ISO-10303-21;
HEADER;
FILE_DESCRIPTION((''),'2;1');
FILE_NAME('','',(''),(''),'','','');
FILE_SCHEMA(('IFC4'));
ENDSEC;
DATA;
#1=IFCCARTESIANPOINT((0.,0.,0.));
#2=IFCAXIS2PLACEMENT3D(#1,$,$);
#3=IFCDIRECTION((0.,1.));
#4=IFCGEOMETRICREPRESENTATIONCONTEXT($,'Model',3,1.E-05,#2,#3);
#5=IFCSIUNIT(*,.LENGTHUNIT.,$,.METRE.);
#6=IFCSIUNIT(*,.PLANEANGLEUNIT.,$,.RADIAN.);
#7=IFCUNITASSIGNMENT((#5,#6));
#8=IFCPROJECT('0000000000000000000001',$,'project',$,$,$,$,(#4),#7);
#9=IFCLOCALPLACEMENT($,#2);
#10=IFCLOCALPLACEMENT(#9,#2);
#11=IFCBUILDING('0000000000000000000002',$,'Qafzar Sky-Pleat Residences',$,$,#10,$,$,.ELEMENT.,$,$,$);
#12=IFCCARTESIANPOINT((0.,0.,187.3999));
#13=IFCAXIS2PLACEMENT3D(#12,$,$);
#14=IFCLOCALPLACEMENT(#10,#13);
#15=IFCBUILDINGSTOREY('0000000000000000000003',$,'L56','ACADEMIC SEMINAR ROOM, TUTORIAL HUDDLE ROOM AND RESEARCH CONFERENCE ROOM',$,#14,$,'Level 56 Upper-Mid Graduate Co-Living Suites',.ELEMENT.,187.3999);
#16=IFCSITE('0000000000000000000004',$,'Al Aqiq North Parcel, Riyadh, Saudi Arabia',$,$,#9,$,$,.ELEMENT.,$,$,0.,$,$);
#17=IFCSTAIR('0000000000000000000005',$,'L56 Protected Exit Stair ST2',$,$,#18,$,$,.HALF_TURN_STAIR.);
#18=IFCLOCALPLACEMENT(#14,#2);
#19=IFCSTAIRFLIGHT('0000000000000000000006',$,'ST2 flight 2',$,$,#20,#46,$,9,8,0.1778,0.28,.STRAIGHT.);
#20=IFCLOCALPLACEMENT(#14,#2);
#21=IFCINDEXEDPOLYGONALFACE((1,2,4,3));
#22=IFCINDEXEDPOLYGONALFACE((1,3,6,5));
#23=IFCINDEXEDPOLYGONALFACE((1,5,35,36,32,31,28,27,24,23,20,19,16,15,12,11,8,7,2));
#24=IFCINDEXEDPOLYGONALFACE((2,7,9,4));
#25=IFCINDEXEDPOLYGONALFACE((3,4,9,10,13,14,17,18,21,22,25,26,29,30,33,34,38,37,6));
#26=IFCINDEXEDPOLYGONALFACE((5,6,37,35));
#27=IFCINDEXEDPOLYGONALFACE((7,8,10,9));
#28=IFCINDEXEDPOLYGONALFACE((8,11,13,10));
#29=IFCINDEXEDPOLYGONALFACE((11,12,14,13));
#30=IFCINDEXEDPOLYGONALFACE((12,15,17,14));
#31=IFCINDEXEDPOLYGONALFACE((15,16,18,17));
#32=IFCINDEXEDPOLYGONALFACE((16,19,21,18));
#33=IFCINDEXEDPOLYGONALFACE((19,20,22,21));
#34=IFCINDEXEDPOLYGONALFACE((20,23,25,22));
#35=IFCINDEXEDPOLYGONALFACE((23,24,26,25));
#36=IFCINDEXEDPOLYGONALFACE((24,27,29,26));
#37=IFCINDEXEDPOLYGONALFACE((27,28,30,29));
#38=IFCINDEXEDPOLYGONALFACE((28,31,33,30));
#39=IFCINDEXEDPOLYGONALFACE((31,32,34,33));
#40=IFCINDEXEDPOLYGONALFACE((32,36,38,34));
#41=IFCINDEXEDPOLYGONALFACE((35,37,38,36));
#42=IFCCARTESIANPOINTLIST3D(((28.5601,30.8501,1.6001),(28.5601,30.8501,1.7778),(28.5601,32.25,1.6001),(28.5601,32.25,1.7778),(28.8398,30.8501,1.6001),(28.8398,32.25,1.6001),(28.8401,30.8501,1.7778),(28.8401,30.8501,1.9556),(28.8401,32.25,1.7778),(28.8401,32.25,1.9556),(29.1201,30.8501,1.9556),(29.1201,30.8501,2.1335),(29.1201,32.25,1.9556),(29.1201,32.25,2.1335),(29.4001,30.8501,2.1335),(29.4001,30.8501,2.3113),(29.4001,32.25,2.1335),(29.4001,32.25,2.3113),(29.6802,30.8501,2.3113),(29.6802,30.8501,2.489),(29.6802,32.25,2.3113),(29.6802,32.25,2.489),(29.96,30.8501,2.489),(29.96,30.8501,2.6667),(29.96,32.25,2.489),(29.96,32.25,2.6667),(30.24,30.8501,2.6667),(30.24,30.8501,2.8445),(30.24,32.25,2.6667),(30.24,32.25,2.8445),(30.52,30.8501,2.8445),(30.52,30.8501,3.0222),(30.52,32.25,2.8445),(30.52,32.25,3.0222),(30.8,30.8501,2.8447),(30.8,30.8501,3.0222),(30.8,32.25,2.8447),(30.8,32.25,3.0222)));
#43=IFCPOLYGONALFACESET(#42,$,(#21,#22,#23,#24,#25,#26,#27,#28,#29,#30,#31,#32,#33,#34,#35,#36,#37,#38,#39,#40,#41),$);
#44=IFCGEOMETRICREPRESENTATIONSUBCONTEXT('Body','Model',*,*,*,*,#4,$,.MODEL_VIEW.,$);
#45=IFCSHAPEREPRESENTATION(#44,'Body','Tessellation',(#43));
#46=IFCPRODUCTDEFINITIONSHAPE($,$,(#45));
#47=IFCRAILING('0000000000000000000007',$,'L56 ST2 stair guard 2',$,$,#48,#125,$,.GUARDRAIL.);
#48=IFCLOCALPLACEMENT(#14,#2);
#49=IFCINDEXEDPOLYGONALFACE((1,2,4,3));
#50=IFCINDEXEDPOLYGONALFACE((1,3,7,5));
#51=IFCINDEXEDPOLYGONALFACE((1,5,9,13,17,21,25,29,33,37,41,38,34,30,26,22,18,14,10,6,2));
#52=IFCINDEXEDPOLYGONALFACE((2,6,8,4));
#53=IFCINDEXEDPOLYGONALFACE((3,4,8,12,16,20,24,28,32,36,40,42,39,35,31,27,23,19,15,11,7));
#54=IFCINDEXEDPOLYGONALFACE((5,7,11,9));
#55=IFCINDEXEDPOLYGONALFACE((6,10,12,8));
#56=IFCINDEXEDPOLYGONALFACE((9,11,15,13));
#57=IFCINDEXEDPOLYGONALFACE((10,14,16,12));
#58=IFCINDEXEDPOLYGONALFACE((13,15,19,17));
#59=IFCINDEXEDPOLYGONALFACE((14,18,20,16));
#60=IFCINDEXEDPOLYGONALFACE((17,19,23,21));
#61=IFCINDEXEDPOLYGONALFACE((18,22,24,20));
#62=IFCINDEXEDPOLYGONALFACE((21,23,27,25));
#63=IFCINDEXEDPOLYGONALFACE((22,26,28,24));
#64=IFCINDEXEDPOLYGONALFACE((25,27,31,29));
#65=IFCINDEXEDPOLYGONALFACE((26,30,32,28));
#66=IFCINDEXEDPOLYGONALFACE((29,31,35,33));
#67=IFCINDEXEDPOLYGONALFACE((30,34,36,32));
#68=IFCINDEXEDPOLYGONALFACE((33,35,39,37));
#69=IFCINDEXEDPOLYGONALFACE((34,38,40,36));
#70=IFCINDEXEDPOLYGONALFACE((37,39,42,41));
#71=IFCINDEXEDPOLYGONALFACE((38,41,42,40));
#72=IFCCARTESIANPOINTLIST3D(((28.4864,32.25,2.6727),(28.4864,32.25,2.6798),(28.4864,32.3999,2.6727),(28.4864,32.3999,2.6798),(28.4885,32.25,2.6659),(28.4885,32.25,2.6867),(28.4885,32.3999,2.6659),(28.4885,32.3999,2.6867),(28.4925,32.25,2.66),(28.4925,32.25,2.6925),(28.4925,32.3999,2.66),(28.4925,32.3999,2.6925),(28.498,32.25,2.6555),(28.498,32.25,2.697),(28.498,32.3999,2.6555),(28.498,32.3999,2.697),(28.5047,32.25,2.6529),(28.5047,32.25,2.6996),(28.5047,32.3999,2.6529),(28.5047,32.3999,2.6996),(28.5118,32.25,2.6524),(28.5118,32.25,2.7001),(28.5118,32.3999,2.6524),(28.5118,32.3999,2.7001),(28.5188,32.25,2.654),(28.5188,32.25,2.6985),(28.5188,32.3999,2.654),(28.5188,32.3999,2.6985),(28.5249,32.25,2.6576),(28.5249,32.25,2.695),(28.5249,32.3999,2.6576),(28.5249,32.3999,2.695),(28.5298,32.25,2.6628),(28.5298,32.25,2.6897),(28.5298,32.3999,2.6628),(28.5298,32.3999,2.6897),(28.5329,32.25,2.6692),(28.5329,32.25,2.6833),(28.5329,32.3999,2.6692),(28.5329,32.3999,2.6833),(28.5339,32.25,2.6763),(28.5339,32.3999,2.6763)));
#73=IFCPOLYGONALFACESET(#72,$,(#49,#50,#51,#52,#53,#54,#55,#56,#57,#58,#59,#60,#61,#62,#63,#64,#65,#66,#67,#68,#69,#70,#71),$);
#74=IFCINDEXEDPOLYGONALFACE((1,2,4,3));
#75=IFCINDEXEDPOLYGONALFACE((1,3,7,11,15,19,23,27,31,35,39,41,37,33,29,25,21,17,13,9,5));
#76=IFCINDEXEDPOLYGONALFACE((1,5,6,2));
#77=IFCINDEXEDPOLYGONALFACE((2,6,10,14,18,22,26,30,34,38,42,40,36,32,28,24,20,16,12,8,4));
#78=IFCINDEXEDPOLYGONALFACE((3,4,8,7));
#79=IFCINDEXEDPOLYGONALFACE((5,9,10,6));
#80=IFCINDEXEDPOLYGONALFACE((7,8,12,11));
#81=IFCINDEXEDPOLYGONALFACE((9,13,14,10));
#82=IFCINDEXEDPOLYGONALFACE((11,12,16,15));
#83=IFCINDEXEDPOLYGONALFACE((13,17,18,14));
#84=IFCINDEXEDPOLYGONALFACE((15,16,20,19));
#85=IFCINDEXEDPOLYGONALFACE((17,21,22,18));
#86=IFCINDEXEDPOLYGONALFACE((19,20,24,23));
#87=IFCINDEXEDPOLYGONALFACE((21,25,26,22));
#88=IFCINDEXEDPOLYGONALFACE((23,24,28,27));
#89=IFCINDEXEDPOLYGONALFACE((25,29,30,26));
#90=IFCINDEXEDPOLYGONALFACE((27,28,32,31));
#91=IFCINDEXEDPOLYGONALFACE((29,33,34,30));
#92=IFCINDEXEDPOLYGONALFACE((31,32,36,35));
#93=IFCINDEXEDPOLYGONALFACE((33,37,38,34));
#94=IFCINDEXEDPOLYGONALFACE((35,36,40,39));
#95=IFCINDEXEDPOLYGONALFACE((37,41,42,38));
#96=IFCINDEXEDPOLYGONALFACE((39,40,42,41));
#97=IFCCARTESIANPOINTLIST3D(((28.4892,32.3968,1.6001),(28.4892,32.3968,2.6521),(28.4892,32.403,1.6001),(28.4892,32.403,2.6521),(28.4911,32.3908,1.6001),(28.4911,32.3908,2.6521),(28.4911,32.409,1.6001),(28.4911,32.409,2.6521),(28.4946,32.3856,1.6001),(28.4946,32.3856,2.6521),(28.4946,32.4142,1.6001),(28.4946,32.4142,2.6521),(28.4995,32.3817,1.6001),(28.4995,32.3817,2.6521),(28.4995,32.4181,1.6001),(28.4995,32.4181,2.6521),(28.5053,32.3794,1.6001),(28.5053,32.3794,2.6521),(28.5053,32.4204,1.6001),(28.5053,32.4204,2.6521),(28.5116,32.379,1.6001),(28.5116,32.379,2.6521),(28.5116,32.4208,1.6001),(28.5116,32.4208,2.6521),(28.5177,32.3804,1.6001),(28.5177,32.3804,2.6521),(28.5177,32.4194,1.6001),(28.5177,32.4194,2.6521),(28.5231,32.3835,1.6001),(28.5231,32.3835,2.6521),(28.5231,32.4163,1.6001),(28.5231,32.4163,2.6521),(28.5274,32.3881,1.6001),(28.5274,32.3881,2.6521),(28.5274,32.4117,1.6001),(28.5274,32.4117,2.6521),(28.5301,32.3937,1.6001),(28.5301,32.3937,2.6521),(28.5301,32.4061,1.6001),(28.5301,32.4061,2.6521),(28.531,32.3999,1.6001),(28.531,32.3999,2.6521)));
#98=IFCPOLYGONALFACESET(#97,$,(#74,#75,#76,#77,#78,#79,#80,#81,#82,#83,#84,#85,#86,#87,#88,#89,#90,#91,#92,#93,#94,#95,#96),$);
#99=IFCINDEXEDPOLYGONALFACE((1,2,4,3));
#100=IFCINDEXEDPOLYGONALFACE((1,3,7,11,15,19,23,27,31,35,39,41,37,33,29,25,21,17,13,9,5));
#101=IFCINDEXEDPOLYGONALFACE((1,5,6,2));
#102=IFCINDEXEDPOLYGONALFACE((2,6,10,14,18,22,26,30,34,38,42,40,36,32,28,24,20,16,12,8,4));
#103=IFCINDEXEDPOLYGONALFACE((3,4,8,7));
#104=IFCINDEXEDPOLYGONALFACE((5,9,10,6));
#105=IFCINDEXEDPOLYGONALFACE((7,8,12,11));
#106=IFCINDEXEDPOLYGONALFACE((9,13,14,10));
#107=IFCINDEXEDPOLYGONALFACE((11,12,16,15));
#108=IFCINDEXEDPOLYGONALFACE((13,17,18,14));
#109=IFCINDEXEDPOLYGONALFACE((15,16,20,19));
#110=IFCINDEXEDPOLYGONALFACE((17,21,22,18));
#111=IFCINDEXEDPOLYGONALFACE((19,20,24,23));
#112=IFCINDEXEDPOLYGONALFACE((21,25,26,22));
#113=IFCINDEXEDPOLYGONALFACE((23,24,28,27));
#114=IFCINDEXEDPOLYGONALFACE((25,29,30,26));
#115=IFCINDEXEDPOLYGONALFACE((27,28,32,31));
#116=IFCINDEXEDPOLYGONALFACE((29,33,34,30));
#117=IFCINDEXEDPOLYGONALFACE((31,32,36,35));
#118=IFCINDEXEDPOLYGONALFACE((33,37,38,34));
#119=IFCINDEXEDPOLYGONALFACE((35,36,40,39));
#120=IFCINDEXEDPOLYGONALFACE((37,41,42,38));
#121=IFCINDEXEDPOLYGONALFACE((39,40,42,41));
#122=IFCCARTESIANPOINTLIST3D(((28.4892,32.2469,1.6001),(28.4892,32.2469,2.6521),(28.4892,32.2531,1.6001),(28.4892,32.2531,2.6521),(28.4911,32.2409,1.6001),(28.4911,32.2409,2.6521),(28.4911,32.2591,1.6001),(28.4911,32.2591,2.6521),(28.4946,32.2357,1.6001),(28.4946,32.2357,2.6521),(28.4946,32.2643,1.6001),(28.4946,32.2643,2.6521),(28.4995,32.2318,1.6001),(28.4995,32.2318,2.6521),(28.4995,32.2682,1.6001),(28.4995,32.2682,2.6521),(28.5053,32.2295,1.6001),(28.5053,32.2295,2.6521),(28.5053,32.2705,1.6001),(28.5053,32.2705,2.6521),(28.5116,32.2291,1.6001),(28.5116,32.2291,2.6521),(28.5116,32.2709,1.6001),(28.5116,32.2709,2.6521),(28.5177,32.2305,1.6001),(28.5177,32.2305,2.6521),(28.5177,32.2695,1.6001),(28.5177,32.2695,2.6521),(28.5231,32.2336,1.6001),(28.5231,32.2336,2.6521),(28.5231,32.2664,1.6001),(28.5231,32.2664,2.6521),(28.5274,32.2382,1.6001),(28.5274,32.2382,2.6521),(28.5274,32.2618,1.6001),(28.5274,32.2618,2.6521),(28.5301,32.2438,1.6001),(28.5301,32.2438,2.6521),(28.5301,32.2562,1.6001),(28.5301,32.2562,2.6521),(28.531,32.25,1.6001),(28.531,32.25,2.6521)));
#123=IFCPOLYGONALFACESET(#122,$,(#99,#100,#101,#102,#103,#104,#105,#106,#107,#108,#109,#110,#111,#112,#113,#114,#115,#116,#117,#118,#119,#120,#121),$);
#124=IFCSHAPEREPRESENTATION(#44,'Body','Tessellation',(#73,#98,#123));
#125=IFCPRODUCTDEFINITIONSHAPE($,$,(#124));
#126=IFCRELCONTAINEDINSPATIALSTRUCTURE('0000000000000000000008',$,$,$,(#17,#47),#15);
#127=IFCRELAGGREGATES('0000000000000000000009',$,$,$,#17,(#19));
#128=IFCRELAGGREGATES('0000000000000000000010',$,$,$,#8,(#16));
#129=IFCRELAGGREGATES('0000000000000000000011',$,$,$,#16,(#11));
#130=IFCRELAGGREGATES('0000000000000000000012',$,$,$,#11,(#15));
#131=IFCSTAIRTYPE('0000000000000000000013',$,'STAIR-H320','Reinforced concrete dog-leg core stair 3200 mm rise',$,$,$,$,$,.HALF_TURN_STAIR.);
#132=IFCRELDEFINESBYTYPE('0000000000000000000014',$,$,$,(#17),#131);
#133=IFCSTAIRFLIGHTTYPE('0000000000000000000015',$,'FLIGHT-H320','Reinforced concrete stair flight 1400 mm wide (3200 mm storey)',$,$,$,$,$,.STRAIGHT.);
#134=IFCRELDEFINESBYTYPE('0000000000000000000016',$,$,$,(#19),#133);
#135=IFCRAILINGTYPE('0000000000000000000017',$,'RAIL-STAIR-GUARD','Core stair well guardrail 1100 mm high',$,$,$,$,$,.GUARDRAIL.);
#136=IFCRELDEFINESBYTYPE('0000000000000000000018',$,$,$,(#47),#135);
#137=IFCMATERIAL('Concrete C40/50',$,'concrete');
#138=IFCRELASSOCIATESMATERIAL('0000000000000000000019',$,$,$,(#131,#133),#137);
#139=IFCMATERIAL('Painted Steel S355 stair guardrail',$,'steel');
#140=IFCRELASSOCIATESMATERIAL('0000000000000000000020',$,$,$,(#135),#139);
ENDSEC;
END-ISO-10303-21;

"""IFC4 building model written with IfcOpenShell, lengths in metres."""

from ifc_helpers import new_model, si_unit, direction, frame, origin, origin_2d, place, context, subcontext, project, spatial, polyline, circle, outline, extrude, source, transform, mapped, material, type_object, element, aggregate, save


model = new_model("IFC4")

# Units and contexts
model_context = context("Model", 3, precision=1e-05, world=origin(), true_north=direction((0.0, 1.0)))
body_context = subcontext(model_context, "Body", "Model", "MODEL_VIEW")
ifc_project = project(units=[si_unit("LENGTHUNIT", "METRE"), si_unit("PLANEANGLEUNIT", "RADIAN")], contexts=[model_context])

# Site, building, storey
site_placement = place(None, origin())
site = spatial("IfcSite", under=ifc_project, at=site_placement, Name="Al Aqiq North Parcel, Riyadh, Saudi Arabia", CompositionType="ELEMENT", RefElevation=0.0)
building_placement = place(site_placement, origin())
building = spatial("IfcBuilding", under=site, at=building_placement, Name="Qafzar Sky-Pleat Residences", CompositionType="ELEMENT")
storey_placement = place(building_placement, frame((0.0, 0.0, 187.3999)))
storey = spatial("IfcBuildingStorey", under=building, at=storey_placement, Name="L56", Description="ACADEMIC SEMINAR ROOM, TUTORIAL HUDDLE ROOM AND RESEARCH CONFERENCE ROOM", LongName="Level 56 Upper-Mid Graduate Co-Living Suites", CompositionType="ELEMENT", Elevation=187.3999)

# Stair, stair flight
ifc_material_1 = material(Name="Concrete C40/50", Category="concrete")
stair_type = type_object("IfcStairType", Name="STAIR-H320", Description="Reinforced concrete dog-leg core stair 3200 mm rise", PredefinedType="HALF_TURN_STAIR", material=ifc_material_1)
stair_placement = place(storey_placement, origin())
stair = element("IfcStair", 1, at=stair_placement, inside=storey, type_object=stair_type, Name="L56 Protected Exit Stair ST2", PredefinedType="HALF_TURN_STAIR")
stair_flight_type = type_object("IfcStairFlightType", Name="FLIGHT-H320", Description="Reinforced concrete stair flight 1400 mm wide (3200 mm storey)", PredefinedType="STRAIGHT", material=ifc_material_1)
shared_shape_1 = source(origin(), body_context, "Body", "SweptSolid", [
    extrude(outline(polyline([(0.0, 0.0), (0.0, 0.1777), (0.28, 0.1777), (0.28, 0.3555), (0.5601, 0.3555), (0.5601, 0.5334), (0.8401, 0.5334), (0.8401, 0.7112), (1.1201, 0.7112), (1.1201, 0.8889), (1.3999, 0.8889), (1.3999, 1.0667), (1.6799, 1.0667), (1.6799, 1.2444), (1.96, 1.2444), (1.96, 1.4221), (2.24, 1.4221), (2.24, 1.6001), (2.24, 1.2446), (0.2798, 0.0), (0.0, 0.0)])), frame((0.0, 0.7, 0.0), z_axis=(0.0, -1.0, 0.0), x_axis=(1.0, 0.0, 0.0)), (0.0, 0.0, 1.0), 1.3999),
])
stair_flight_placement = place(storey_placement, frame((28.5601, 31.55, 1.6001), z_axis=(0.0, 0.0, 1.0), x_axis=(1.0, 0.0, 0.0)))
stair_flight = element("IfcStairFlight", 2, at=stair_flight_placement, type_object=stair_flight_type, Name="ST2 flight 2", NumberOfRisers=9, NumberOfTreads=8, PredefinedType="STRAIGHT", RiserHeight=0.1778, TreadLength=0.28, context=body_context, shape_type="MappedRepresentation", body=[
    mapped(shared_shape_1, transform((0.0, 0.0, 0.0), x_axis=(1.0, 0.0, 0.0), y_axis=(0.0, 1.0, 0.0), z_axis=(0.0, 0.0, 1.0), scale=1.0)),
])
aggregate(stair, [stair_flight])

# Railing
ifc_material_2 = material(Name="Painted Steel S355 stair guardrail", Category="steel")
railing_type_1 = type_object("IfcRailingType", Name="RAIL-STAIR-GUARD", Description="Core stair well guardrail 1100 mm high", PredefinedType="GUARDRAIL", material=ifc_material_2)
shared_shape_2 = source(origin(), body_context, "Body", "SweptSolid", [
    extrude(circle(Radius=0.0239, at=origin_2d()), frame((0.0, 0.0, 1.0762), z_axis=(0.0, -1.0, 0.0), x_axis=(1.0, 0.0, 0.0)), (0.0, 0.0, 1.0), 0.1499),
    extrude(circle(Radius=0.021, at=origin_2d()), origin(), (0.0, 0.0, 1.0), 1.052),
    extrude(circle(Radius=0.021, at=origin_2d()), frame((0.0, -0.1499, 0.0)), (0.0, 0.0, 1.0), 1.052),
])
railing_1_placement = place(storey_placement, frame((28.51, 32.3999, 1.6001)))
element("IfcRailing", 3, at=railing_1_placement, inside=storey, type_object=railing_type_1, Name="L56 ST2 stair guard 2", PredefinedType="GUARDRAIL", context=body_context, shape_type="MappedRepresentation", body=[
    mapped(shared_shape_2, transform((0.0, 0.0, 0.0), x_axis=(1.0, 0.0, 0.0), y_axis=(0.0, 1.0, 0.0), z_axis=(0.0, 0.0, 1.0), scale=1.0)),
])

save(model, "model.ifc")
